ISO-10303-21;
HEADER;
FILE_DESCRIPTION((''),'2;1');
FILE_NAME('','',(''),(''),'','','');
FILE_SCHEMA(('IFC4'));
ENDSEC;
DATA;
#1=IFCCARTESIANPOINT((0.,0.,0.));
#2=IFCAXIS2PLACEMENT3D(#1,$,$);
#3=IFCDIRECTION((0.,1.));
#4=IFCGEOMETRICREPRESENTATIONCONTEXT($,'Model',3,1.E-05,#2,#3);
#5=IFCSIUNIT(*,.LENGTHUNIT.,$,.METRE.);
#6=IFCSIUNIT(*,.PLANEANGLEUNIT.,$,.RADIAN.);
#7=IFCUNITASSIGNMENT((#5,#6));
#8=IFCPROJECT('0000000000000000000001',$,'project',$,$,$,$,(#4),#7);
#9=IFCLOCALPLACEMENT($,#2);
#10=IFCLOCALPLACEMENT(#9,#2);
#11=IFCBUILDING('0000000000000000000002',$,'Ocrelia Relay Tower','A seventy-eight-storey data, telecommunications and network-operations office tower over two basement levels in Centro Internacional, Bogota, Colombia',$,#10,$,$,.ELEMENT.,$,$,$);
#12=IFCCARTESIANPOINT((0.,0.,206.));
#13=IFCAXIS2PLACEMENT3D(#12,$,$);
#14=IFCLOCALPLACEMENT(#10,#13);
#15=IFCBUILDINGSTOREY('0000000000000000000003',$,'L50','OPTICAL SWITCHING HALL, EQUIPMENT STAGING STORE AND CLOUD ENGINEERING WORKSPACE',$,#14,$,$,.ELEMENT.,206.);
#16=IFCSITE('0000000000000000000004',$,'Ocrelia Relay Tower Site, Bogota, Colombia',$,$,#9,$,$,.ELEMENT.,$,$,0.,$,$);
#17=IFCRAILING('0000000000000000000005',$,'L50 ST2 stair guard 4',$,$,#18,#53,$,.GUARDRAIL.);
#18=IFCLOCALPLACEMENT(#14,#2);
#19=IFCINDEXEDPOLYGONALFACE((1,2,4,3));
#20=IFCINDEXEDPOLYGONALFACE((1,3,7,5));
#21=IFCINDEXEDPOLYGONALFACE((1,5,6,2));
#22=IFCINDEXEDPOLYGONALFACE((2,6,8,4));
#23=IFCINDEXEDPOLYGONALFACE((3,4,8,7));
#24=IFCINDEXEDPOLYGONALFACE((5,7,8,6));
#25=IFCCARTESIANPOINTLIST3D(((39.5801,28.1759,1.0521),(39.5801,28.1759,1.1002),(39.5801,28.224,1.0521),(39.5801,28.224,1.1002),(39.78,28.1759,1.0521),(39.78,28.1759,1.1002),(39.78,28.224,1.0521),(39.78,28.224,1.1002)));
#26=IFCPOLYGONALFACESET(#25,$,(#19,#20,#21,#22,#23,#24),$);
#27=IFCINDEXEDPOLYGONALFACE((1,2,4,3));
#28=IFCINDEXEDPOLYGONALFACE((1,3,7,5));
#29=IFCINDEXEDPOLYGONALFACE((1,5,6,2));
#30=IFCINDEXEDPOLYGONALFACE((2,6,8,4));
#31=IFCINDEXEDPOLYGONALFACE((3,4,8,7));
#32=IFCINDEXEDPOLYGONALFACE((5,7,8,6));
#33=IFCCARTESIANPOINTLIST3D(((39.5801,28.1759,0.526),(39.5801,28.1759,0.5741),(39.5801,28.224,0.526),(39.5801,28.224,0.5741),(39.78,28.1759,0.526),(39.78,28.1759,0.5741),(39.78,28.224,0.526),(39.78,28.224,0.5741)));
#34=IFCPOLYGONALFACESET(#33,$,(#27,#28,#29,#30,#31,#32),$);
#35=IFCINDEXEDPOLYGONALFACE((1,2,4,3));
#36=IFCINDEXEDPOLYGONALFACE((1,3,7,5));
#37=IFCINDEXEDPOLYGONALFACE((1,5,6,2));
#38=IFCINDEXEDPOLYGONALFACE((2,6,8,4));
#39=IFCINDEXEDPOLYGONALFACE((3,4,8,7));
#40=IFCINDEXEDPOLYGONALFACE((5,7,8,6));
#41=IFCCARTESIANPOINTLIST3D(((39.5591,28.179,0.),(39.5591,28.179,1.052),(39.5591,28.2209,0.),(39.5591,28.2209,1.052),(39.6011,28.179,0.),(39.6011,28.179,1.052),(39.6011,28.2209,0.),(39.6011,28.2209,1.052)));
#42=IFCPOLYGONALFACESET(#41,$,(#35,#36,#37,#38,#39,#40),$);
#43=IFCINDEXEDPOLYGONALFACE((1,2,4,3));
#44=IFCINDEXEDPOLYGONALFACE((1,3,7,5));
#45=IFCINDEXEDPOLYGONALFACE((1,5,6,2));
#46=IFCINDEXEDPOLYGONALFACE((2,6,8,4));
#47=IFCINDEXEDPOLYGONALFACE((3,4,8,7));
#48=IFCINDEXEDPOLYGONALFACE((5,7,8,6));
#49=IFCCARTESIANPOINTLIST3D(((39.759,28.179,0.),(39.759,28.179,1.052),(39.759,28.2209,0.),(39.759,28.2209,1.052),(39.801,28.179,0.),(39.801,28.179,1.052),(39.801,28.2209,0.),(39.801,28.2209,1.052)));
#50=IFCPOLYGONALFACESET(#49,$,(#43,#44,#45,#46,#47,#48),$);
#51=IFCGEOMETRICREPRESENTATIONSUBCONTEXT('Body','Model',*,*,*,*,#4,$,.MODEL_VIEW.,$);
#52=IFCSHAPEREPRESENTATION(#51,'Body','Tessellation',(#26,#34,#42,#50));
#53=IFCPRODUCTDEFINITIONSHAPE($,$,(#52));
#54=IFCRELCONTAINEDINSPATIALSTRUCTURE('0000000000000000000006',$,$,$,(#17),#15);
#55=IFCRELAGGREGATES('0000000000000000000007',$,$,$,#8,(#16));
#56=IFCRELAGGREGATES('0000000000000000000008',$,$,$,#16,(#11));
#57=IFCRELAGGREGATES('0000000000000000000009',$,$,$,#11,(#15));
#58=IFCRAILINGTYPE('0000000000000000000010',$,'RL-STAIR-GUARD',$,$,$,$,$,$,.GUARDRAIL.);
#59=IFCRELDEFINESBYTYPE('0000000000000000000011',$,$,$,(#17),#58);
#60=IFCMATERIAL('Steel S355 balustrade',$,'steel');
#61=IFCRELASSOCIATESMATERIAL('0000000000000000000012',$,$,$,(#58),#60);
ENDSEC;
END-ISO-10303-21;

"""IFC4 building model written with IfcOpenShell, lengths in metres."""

from ifc_helpers import new_model, si_unit, direction, frame, origin, origin_2d, place, context, subcontext, project, spatial, rectangle, extrude, material, type_object, element, save


model = new_model("IFC4")

# Units and contexts
model_context = context("Model", 3, precision=1e-05, world=origin(), true_north=direction((0.0, 1.0)))
body_context = subcontext(model_context, "Body", "Model", "MODEL_VIEW")
ifc_project = project(units=[si_unit("LENGTHUNIT", "METRE"), si_unit("PLANEANGLEUNIT", "RADIAN")], contexts=[model_context])

# Site, building, storey
site_placement = place(None, origin())
site = spatial("IfcSite", under=ifc_project, at=site_placement, Name="Ocrelia Relay Tower Site, Bogota, Colombia", CompositionType="ELEMENT", RefElevation=0.0)
building_placement = place(site_placement, origin())
building = spatial("IfcBuilding", under=site, at=building_placement, Name="Ocrelia Relay Tower", Description="A seventy-eight-storey data, telecommunications and network-operations office tower over two basement levels in Centro Internacional, Bogota, Colombia", CompositionType="ELEMENT")
storey_placement = place(building_placement, frame((0.0, 0.0, 206.0)))
storey = spatial("IfcBuildingStorey", under=building, at=storey_placement, Name="L50", Description="OPTICAL SWITCHING HALL, EQUIPMENT STAGING STORE AND CLOUD ENGINEERING WORKSPACE", CompositionType="ELEMENT", Elevation=206.0)

# Railing
ifc_material_1 = material(Name="Steel S355 balustrade", Category="steel")
railing_type = type_object("IfcRailingType", Name="RL-STAIR-GUARD", PredefinedType="GUARDRAIL", material=ifc_material_1)
railing_placement = place(storey_placement, frame((39.5801, 28.2, 0.0)))
element("IfcRailing", 1, at=railing_placement, inside=storey, type_object=railing_type, Name="L50 ST2 stair guard 4", PredefinedType="GUARDRAIL", context=body_context, shape_type="SweptSolid", body=[
    extrude(rectangle(XDim=0.0481, YDim=0.0481, at=origin_2d()), frame((0.0, 0.0, 1.0762), z_axis=(1.0, 0.0, 0.0), x_axis=(0.0, 1.0, 0.0)), (0.0, 0.0, 1.0), 0.2),
    extrude(rectangle(XDim=0.0481, YDim=0.0481, at=origin_2d()), frame((0.0, 0.0, 0.55), z_axis=(1.0, 0.0, 0.0), x_axis=(0.0, 1.0, 0.0)), (0.0, 0.0, 1.0), 0.2),
    extrude(rectangle(XDim=0.042, YDim=0.042, at=origin_2d()), origin(), (0.0, 0.0, 1.0), 1.052),
    extrude(rectangle(XDim=0.042, YDim=0.042, at=origin_2d()), frame((0.2, 0.0, 0.0)), (0.0, 0.0, 1.0), 1.052),
])

save(model, "model.ifc")
